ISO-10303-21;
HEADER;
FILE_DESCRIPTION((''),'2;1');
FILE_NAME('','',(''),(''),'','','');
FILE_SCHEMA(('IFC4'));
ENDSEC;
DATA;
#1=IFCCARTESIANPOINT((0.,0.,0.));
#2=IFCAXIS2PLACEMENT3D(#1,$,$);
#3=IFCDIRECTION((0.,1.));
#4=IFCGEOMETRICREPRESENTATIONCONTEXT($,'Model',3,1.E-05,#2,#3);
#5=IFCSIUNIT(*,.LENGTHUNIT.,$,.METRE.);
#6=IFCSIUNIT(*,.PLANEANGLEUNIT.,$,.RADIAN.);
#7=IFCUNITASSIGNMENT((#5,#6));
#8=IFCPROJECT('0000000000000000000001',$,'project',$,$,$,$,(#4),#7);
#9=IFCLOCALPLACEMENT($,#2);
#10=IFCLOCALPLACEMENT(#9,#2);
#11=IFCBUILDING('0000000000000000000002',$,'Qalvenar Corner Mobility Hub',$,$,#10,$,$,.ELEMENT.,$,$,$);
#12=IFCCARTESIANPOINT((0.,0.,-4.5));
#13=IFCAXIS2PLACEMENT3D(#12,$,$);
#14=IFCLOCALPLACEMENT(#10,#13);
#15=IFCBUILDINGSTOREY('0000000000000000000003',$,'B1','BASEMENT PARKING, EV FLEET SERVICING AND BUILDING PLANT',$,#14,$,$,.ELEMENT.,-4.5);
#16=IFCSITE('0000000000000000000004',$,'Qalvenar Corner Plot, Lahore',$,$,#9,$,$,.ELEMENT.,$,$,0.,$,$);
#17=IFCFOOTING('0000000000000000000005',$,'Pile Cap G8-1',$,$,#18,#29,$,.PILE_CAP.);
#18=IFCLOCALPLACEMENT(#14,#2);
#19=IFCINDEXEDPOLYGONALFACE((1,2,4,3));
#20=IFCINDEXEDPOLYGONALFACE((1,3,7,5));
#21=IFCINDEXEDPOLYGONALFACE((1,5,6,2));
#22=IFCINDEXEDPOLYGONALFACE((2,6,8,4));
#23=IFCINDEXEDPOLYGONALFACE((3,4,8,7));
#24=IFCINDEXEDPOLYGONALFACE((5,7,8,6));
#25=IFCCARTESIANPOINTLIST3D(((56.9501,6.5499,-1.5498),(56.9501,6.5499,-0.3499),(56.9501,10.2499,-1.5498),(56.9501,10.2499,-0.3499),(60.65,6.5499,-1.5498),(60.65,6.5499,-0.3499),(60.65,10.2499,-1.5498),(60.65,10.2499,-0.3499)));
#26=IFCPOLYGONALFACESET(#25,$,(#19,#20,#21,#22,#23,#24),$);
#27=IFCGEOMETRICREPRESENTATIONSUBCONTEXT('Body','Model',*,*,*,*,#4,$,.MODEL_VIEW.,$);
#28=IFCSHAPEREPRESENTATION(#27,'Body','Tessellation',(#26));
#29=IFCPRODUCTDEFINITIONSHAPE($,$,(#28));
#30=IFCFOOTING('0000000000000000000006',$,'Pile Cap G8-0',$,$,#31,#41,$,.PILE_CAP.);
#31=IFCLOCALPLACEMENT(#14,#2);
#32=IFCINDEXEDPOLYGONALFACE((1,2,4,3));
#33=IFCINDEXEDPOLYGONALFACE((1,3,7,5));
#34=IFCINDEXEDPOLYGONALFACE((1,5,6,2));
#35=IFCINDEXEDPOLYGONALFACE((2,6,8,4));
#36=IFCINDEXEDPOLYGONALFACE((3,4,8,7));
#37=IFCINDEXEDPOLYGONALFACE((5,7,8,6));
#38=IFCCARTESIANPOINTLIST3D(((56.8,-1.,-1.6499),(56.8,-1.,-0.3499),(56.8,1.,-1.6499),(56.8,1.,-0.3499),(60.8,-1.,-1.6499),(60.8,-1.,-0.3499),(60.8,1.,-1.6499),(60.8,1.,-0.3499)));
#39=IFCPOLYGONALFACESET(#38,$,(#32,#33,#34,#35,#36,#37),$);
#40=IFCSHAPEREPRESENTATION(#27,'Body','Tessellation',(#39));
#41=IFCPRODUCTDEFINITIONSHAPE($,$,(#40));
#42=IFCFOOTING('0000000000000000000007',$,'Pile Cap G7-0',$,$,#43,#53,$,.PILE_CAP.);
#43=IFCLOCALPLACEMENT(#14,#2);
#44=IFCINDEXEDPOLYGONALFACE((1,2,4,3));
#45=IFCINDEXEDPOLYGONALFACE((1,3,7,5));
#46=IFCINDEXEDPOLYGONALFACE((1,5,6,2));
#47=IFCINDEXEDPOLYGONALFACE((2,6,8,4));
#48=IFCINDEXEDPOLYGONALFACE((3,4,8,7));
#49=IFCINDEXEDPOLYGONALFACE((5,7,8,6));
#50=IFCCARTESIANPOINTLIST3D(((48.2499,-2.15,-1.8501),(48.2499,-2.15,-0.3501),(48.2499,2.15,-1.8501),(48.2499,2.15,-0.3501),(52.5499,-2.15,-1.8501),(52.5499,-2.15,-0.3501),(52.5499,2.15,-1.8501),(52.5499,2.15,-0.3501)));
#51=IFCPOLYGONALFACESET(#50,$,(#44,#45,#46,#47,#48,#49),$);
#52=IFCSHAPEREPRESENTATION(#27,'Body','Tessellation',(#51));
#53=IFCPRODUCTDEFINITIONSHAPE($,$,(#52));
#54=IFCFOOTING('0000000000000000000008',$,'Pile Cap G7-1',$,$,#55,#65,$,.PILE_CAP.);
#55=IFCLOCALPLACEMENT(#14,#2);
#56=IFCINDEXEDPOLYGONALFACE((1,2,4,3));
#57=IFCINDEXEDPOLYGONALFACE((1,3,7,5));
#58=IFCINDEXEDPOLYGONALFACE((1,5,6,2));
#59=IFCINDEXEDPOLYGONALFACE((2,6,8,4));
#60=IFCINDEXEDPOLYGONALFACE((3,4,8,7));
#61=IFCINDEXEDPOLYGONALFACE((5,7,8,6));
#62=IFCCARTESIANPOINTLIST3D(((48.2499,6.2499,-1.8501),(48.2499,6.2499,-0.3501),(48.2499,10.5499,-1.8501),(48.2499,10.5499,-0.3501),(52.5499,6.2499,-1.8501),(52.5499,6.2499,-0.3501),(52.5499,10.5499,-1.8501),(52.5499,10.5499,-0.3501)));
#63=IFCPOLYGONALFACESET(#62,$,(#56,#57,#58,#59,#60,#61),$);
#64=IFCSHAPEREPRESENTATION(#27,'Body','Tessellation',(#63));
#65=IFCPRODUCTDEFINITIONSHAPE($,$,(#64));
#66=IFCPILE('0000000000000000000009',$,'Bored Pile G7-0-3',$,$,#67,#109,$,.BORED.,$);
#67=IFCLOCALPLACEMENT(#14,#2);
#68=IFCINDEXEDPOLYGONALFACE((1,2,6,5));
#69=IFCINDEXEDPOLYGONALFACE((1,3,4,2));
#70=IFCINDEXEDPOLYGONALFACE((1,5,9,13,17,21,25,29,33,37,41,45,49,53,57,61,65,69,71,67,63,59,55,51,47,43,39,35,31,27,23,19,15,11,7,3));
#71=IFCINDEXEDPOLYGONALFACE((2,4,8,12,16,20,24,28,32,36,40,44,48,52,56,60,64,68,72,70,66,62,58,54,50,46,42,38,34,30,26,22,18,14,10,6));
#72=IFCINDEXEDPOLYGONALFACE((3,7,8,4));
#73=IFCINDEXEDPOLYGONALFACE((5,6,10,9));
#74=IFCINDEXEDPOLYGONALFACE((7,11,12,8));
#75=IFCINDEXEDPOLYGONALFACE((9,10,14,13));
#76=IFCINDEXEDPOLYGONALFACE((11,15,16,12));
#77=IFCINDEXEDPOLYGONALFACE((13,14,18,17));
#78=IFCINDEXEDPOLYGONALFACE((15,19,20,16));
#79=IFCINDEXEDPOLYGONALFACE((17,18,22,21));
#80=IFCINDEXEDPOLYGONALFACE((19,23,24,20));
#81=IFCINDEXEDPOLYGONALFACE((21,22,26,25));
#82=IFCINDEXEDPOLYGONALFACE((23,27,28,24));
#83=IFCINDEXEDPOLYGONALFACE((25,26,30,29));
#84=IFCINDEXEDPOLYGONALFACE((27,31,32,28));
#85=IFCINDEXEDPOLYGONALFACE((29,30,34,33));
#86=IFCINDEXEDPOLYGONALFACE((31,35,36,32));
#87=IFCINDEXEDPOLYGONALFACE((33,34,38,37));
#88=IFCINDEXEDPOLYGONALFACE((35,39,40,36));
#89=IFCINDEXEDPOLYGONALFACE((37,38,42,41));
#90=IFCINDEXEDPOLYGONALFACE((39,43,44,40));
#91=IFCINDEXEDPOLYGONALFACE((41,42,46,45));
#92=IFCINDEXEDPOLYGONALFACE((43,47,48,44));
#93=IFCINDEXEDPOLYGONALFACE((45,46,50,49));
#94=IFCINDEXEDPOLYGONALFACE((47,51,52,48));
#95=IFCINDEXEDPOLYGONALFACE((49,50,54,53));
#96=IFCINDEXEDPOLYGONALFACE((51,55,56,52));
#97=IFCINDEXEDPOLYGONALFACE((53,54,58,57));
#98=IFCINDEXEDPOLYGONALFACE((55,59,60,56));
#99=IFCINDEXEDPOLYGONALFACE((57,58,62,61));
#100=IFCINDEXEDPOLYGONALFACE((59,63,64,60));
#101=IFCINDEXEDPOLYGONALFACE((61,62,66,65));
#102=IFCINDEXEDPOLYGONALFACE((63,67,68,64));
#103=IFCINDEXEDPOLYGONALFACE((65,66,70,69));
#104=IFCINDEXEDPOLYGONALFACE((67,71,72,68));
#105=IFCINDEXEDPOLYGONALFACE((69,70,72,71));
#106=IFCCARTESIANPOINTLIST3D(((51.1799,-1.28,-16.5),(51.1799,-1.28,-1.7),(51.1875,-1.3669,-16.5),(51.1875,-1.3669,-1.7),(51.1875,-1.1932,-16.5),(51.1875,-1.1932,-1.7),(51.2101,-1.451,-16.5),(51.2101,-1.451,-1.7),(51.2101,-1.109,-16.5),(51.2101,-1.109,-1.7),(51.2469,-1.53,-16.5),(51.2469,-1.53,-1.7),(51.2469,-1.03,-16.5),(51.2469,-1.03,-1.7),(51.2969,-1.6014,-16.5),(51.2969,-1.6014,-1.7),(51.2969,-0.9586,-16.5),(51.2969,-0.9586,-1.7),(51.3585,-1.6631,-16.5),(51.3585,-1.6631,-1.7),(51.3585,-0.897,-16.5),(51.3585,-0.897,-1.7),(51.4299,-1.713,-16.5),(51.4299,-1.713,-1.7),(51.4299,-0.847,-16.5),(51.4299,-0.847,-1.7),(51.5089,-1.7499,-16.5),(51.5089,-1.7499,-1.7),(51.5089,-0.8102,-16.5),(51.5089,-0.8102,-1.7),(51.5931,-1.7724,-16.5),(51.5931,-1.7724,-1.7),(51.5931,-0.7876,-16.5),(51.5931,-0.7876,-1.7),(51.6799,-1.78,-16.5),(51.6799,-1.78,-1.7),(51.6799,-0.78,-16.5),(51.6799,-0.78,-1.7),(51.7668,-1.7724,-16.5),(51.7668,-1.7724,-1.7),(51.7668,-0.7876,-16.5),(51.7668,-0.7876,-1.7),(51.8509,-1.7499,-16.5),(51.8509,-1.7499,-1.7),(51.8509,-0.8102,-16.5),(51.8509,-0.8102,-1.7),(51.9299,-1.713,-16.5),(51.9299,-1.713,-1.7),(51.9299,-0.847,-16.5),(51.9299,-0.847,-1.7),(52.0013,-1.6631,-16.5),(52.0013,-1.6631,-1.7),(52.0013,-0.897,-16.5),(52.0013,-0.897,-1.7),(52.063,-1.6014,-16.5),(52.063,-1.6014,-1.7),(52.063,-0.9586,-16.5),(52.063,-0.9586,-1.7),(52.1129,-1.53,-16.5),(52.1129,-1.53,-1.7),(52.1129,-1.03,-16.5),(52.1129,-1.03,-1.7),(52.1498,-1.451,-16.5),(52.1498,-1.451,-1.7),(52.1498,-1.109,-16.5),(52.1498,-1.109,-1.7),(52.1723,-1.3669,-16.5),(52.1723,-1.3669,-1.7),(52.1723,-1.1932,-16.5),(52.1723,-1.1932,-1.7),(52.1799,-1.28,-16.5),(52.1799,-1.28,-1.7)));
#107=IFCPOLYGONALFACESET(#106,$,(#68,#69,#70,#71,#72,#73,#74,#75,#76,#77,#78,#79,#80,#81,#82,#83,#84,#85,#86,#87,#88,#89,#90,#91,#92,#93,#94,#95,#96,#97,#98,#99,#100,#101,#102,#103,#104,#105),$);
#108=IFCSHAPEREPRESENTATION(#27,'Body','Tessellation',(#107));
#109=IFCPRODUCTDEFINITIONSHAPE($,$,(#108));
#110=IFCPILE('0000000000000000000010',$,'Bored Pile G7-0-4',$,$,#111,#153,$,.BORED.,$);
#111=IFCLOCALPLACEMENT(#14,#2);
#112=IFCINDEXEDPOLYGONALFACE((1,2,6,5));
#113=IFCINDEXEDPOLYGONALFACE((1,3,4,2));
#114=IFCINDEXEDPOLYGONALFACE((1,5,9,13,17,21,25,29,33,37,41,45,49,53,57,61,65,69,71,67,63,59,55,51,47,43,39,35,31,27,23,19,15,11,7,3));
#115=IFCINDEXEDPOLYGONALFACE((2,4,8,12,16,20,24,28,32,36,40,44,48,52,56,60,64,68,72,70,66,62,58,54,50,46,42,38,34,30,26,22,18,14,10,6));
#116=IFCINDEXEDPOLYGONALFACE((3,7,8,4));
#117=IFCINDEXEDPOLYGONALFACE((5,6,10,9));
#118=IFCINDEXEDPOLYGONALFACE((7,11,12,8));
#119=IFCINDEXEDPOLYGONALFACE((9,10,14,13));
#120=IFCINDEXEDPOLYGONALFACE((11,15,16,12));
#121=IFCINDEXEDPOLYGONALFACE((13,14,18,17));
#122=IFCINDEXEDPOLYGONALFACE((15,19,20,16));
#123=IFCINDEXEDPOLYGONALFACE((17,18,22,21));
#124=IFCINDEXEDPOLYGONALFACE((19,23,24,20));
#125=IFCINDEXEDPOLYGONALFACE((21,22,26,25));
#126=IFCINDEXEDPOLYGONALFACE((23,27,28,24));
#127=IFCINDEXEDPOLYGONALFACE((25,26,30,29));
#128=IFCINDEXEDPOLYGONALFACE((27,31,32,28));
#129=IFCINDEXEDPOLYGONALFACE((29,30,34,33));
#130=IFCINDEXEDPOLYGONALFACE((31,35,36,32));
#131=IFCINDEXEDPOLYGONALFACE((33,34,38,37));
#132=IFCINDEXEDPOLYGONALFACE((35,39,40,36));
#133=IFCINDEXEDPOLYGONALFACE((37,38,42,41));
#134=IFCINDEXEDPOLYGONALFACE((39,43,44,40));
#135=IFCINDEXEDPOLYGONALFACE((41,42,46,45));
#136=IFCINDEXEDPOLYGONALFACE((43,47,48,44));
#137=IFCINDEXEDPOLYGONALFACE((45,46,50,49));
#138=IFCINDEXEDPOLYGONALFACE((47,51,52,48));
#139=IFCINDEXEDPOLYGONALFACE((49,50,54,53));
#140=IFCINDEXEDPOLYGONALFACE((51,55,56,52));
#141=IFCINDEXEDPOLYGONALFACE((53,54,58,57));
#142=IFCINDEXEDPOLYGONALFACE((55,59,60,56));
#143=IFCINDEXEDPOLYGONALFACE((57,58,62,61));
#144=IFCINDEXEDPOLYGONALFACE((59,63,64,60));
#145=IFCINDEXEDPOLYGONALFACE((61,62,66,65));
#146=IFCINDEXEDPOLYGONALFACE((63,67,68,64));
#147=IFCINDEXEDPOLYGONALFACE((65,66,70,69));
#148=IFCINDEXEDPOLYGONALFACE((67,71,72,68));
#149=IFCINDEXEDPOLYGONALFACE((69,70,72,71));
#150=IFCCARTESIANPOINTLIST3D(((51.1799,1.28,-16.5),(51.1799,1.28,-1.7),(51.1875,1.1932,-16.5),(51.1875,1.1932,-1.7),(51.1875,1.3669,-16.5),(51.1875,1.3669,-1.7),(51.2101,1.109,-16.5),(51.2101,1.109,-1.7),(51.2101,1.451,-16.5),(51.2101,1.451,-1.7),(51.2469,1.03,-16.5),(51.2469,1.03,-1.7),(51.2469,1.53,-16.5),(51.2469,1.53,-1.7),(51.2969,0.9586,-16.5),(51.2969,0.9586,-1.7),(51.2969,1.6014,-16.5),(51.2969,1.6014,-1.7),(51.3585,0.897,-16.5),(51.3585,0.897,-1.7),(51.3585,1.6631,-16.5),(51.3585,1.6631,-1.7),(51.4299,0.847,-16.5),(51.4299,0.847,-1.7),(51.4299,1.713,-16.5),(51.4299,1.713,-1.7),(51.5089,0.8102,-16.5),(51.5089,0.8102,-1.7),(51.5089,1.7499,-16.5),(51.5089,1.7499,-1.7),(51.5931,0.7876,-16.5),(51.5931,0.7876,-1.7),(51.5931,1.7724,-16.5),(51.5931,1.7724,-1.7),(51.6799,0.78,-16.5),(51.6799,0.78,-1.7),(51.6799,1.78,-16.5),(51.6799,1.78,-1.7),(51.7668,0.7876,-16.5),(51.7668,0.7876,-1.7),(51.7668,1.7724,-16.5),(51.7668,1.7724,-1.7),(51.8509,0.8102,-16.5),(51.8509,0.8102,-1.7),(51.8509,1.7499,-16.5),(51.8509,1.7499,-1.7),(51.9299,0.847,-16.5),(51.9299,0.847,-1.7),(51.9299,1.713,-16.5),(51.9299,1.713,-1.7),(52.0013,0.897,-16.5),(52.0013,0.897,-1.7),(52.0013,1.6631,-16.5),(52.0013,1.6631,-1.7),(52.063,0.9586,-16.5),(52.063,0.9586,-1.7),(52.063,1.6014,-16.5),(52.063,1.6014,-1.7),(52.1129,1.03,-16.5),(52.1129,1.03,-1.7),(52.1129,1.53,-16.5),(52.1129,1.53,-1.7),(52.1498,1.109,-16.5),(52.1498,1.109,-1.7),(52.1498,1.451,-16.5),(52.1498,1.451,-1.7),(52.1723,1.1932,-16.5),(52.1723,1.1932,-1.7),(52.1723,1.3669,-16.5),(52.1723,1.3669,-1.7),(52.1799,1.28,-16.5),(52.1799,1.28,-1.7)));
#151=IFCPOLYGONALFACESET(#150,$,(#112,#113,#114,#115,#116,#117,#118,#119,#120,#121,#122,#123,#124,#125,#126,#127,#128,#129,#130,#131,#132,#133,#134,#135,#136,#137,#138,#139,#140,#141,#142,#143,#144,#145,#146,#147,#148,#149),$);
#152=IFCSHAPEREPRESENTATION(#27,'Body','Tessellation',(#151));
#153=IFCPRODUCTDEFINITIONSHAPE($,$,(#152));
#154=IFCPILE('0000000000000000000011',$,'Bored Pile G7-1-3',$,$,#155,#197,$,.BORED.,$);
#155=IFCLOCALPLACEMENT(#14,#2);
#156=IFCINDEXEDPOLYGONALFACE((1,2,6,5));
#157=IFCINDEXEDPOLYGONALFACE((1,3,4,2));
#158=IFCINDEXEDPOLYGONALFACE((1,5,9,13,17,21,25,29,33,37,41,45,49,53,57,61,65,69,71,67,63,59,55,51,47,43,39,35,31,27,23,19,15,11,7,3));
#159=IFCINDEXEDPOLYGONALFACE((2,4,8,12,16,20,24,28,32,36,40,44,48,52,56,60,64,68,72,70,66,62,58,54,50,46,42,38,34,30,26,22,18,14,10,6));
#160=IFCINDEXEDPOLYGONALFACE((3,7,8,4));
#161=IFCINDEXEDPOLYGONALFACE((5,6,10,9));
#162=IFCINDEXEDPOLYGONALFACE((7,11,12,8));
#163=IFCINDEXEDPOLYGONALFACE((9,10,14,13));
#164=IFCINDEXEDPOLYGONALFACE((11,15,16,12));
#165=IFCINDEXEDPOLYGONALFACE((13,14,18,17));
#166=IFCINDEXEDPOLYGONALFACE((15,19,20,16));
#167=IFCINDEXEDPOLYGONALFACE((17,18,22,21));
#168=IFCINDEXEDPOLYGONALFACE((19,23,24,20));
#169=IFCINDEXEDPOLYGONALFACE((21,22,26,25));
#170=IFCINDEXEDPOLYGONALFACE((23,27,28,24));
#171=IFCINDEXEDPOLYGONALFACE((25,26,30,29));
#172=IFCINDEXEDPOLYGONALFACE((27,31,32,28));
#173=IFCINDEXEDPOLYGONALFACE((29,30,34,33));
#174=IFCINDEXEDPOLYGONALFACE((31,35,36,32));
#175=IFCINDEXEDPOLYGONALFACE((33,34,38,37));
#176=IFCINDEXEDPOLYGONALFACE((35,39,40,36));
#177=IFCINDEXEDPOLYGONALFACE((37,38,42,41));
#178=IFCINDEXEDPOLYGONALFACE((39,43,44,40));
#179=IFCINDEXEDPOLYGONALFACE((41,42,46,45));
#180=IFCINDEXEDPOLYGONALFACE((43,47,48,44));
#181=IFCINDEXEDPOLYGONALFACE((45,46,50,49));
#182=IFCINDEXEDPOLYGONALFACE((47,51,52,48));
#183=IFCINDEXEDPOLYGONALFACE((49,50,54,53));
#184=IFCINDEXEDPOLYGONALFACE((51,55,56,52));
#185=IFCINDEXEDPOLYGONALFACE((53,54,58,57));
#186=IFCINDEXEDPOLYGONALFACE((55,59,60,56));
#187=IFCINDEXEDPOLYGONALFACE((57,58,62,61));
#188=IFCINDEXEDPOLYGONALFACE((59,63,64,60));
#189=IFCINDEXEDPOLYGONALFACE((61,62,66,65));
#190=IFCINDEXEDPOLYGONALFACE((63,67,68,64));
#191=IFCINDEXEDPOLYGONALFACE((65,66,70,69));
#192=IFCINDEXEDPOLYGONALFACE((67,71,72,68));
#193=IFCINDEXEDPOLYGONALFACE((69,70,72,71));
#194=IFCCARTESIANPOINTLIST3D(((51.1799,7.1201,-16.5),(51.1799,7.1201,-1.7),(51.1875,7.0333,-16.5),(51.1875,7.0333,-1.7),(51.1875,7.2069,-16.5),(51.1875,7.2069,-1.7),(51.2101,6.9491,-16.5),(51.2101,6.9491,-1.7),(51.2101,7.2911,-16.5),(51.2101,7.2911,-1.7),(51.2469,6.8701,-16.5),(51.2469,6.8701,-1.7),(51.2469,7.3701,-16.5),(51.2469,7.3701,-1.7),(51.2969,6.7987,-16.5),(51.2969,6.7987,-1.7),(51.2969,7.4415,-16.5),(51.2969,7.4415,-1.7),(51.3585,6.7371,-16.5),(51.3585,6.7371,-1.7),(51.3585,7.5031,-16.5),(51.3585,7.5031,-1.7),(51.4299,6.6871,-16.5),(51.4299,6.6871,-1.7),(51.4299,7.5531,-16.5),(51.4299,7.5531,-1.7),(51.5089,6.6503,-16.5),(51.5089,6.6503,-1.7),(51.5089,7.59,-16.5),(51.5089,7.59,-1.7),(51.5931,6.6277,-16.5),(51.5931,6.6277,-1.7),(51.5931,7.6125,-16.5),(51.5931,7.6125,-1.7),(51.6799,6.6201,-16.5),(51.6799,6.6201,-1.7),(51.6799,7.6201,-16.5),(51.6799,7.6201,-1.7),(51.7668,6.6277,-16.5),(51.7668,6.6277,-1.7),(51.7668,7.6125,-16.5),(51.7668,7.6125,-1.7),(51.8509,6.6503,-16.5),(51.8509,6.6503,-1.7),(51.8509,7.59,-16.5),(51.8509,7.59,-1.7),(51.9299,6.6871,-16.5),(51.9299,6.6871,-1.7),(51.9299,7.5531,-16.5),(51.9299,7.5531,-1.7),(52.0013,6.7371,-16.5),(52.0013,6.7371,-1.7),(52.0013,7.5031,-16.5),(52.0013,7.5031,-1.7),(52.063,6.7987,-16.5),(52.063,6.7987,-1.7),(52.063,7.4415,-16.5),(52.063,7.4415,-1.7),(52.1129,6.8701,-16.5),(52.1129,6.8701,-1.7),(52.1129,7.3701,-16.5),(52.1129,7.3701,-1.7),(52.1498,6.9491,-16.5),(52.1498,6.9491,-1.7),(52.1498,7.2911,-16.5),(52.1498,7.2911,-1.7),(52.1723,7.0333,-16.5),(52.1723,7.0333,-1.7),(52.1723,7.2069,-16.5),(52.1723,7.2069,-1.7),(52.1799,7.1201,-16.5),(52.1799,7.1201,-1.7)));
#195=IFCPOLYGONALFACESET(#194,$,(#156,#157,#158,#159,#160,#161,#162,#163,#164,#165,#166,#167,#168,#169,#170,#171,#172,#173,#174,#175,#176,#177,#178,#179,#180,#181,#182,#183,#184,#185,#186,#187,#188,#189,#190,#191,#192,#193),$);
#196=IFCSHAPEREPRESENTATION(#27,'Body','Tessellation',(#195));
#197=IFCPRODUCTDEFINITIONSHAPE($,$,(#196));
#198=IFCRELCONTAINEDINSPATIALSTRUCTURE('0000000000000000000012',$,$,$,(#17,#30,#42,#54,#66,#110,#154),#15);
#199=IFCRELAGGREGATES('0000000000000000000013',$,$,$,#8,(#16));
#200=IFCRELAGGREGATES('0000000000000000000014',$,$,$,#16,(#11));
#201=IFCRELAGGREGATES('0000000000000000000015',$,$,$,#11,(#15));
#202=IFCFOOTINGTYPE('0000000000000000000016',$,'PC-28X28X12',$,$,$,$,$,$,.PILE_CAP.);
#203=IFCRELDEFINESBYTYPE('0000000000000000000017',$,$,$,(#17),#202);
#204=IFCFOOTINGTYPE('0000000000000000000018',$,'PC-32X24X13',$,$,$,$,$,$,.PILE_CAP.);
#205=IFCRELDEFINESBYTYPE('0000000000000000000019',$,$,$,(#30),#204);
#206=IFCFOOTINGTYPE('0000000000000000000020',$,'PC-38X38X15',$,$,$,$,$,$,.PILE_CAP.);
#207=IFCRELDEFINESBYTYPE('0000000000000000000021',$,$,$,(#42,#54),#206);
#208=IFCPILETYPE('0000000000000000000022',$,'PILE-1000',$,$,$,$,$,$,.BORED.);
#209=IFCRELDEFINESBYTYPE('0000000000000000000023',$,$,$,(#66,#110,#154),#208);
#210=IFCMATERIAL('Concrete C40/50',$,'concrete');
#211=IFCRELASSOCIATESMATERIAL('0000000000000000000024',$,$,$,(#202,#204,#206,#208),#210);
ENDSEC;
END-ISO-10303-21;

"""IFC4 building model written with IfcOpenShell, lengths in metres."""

from ifc_helpers import new_model, si_unit, direction, frame, origin, origin_2d, place, context, subcontext, project, spatial, rectangle, circle, extrude, material, material_profile, profile_set, type_object, element, save


model = new_model("IFC4")

# Units and contexts
model_context = context("Model", 3, precision=1e-05, world=origin(), true_north=direction((0.0, 1.0)))
body_context = subcontext(model_context, "Body", "Model", "MODEL_VIEW")
ifc_project = project(units=[si_unit("LENGTHUNIT", "METRE"), si_unit("PLANEANGLEUNIT", "RADIAN")], contexts=[model_context])

# Site, building, storey
site_placement = place(None, origin())
site = spatial("IfcSite", under=ifc_project, at=site_placement, Name="Qalvenar Corner Plot, Lahore", CompositionType="ELEMENT", RefElevation=0.0)
building_placement = place(site_placement, origin())
building = spatial("IfcBuilding", under=site, at=building_placement, Name="Qalvenar Corner Mobility Hub", CompositionType="ELEMENT")
storey_placement = place(building_placement, frame((0.0, 0.0, -4.5)))
storey = spatial("IfcBuildingStorey", under=building, at=storey_placement, Name="B1", Description="BASEMENT PARKING, EV FLEET SERVICING AND BUILDING PLANT", CompositionType="ELEMENT", Elevation=-4.5)

# Footings
ifc_material_1 = material(Name="Concrete C40/50", Category="concrete")
footing_type_1 = type_object("IfcFootingType", Name="PC-28X28X12", PredefinedType="PILE_CAP", material=ifc_material_1)
footing_1_placement = place(storey_placement, frame((58.8, 8.3999, -1.5498), z_axis=(0.0, 0.0, 1.0), x_axis=(1.0, 0.0, 0.0)))
element("IfcFooting", 1, at=footing_1_placement, inside=storey, type_object=footing_type_1, Name="Pile Cap G8-1", PredefinedType="PILE_CAP", context=body_context, shape_type="SweptSolid", body=[
    extrude(rectangle(XDim=3.7, YDim=3.7, at=origin_2d()), origin(), (0.0, 0.0, 1.0), 1.2),
])
footing_type_2 = type_object("IfcFootingType", Name="PC-32X24X13", PredefinedType="PILE_CAP", material=ifc_material_1)
footing_2_placement = place(storey_placement, frame((58.8, 0.0, -1.6499), z_axis=(0.0, 0.0, 1.0), x_axis=(1.0, 0.0, 0.0)))
element("IfcFooting", 2, at=footing_2_placement, inside=storey, type_object=footing_type_2, Name="Pile Cap G8-0", PredefinedType="PILE_CAP", context=body_context, shape_type="SweptSolid", body=[
    extrude(rectangle(XDim=4.0, YDim=2.0, at=origin_2d()), origin(), (0.0, 0.0, 1.0), 1.3),
])
footing_type_3 = type_object("IfcFootingType", Name="PC-38X38X15", PredefinedType="PILE_CAP", material=ifc_material_1)
for number, where, z_axis, x_axis, name in (
    (3, (50.3999, 0.0, -1.8501), (0.0, 0.0, 1.0), (1.0, 0.0, 0.0), "Pile Cap G7-0"),
    (4, (50.3999, 8.3999, -1.8501), (0.0, 0.0, 1.0), (1.0, 0.0, 0.0), "Pile Cap G7-1"),
):
    element("IfcFooting", number, at=place(storey_placement, frame(where, z_axis=z_axis, x_axis=x_axis)), inside=storey, type_object=footing_type_3, Name=name, PredefinedType="PILE_CAP", context=body_context, shape_type="SweptSolid", body=[
        extrude(rectangle(XDim=4.3, YDim=4.3, at=origin_2d()), origin(), (0.0, 0.0, 1.0), 1.5),
    ])

# Piles
ifc_material_profile_1 = material_profile(ifc_material_1, circle(Radius=0.5, at=origin_2d()), Name="DIA1000")
ifc_profile_set_1 = profile_set([ifc_material_profile_1], Name="Concrete C40/50")
pile_type_1 = type_object("IfcPileType", Name="PILE-1000", PredefinedType="BORED", material=ifc_profile_set_1)
for number, where, z_axis, x_axis, name in (
    (5, (51.6799, -1.28, -1.7), (0.0, 0.0, -1.0), (1.0, 0.0, 0.0), "Bored Pile G7-0-3"),
    (6, (51.6799, 1.28, -1.7), (0.0, 0.0, -1.0), (1.0, 0.0, 0.0), "Bored Pile G7-0-4"),
    (7, (51.6799, 7.1201, -1.7), (0.0, 0.0, -1.0), (1.0, 0.0, 0.0), "Bored Pile G7-1-3"),
):
    element("IfcPile", number, at=place(storey_placement, frame(where, z_axis=z_axis, x_axis=x_axis)), inside=storey, type_object=pile_type_1, Name=name, PredefinedType="BORED", context=body_context, shape_type="SweptSolid", body=[
        extrude(circle(Radius=0.5, at=origin_2d()), origin(), (0.0, 0.0, 1.0), 14.8),
    ])

save(model, "model.ifc")
